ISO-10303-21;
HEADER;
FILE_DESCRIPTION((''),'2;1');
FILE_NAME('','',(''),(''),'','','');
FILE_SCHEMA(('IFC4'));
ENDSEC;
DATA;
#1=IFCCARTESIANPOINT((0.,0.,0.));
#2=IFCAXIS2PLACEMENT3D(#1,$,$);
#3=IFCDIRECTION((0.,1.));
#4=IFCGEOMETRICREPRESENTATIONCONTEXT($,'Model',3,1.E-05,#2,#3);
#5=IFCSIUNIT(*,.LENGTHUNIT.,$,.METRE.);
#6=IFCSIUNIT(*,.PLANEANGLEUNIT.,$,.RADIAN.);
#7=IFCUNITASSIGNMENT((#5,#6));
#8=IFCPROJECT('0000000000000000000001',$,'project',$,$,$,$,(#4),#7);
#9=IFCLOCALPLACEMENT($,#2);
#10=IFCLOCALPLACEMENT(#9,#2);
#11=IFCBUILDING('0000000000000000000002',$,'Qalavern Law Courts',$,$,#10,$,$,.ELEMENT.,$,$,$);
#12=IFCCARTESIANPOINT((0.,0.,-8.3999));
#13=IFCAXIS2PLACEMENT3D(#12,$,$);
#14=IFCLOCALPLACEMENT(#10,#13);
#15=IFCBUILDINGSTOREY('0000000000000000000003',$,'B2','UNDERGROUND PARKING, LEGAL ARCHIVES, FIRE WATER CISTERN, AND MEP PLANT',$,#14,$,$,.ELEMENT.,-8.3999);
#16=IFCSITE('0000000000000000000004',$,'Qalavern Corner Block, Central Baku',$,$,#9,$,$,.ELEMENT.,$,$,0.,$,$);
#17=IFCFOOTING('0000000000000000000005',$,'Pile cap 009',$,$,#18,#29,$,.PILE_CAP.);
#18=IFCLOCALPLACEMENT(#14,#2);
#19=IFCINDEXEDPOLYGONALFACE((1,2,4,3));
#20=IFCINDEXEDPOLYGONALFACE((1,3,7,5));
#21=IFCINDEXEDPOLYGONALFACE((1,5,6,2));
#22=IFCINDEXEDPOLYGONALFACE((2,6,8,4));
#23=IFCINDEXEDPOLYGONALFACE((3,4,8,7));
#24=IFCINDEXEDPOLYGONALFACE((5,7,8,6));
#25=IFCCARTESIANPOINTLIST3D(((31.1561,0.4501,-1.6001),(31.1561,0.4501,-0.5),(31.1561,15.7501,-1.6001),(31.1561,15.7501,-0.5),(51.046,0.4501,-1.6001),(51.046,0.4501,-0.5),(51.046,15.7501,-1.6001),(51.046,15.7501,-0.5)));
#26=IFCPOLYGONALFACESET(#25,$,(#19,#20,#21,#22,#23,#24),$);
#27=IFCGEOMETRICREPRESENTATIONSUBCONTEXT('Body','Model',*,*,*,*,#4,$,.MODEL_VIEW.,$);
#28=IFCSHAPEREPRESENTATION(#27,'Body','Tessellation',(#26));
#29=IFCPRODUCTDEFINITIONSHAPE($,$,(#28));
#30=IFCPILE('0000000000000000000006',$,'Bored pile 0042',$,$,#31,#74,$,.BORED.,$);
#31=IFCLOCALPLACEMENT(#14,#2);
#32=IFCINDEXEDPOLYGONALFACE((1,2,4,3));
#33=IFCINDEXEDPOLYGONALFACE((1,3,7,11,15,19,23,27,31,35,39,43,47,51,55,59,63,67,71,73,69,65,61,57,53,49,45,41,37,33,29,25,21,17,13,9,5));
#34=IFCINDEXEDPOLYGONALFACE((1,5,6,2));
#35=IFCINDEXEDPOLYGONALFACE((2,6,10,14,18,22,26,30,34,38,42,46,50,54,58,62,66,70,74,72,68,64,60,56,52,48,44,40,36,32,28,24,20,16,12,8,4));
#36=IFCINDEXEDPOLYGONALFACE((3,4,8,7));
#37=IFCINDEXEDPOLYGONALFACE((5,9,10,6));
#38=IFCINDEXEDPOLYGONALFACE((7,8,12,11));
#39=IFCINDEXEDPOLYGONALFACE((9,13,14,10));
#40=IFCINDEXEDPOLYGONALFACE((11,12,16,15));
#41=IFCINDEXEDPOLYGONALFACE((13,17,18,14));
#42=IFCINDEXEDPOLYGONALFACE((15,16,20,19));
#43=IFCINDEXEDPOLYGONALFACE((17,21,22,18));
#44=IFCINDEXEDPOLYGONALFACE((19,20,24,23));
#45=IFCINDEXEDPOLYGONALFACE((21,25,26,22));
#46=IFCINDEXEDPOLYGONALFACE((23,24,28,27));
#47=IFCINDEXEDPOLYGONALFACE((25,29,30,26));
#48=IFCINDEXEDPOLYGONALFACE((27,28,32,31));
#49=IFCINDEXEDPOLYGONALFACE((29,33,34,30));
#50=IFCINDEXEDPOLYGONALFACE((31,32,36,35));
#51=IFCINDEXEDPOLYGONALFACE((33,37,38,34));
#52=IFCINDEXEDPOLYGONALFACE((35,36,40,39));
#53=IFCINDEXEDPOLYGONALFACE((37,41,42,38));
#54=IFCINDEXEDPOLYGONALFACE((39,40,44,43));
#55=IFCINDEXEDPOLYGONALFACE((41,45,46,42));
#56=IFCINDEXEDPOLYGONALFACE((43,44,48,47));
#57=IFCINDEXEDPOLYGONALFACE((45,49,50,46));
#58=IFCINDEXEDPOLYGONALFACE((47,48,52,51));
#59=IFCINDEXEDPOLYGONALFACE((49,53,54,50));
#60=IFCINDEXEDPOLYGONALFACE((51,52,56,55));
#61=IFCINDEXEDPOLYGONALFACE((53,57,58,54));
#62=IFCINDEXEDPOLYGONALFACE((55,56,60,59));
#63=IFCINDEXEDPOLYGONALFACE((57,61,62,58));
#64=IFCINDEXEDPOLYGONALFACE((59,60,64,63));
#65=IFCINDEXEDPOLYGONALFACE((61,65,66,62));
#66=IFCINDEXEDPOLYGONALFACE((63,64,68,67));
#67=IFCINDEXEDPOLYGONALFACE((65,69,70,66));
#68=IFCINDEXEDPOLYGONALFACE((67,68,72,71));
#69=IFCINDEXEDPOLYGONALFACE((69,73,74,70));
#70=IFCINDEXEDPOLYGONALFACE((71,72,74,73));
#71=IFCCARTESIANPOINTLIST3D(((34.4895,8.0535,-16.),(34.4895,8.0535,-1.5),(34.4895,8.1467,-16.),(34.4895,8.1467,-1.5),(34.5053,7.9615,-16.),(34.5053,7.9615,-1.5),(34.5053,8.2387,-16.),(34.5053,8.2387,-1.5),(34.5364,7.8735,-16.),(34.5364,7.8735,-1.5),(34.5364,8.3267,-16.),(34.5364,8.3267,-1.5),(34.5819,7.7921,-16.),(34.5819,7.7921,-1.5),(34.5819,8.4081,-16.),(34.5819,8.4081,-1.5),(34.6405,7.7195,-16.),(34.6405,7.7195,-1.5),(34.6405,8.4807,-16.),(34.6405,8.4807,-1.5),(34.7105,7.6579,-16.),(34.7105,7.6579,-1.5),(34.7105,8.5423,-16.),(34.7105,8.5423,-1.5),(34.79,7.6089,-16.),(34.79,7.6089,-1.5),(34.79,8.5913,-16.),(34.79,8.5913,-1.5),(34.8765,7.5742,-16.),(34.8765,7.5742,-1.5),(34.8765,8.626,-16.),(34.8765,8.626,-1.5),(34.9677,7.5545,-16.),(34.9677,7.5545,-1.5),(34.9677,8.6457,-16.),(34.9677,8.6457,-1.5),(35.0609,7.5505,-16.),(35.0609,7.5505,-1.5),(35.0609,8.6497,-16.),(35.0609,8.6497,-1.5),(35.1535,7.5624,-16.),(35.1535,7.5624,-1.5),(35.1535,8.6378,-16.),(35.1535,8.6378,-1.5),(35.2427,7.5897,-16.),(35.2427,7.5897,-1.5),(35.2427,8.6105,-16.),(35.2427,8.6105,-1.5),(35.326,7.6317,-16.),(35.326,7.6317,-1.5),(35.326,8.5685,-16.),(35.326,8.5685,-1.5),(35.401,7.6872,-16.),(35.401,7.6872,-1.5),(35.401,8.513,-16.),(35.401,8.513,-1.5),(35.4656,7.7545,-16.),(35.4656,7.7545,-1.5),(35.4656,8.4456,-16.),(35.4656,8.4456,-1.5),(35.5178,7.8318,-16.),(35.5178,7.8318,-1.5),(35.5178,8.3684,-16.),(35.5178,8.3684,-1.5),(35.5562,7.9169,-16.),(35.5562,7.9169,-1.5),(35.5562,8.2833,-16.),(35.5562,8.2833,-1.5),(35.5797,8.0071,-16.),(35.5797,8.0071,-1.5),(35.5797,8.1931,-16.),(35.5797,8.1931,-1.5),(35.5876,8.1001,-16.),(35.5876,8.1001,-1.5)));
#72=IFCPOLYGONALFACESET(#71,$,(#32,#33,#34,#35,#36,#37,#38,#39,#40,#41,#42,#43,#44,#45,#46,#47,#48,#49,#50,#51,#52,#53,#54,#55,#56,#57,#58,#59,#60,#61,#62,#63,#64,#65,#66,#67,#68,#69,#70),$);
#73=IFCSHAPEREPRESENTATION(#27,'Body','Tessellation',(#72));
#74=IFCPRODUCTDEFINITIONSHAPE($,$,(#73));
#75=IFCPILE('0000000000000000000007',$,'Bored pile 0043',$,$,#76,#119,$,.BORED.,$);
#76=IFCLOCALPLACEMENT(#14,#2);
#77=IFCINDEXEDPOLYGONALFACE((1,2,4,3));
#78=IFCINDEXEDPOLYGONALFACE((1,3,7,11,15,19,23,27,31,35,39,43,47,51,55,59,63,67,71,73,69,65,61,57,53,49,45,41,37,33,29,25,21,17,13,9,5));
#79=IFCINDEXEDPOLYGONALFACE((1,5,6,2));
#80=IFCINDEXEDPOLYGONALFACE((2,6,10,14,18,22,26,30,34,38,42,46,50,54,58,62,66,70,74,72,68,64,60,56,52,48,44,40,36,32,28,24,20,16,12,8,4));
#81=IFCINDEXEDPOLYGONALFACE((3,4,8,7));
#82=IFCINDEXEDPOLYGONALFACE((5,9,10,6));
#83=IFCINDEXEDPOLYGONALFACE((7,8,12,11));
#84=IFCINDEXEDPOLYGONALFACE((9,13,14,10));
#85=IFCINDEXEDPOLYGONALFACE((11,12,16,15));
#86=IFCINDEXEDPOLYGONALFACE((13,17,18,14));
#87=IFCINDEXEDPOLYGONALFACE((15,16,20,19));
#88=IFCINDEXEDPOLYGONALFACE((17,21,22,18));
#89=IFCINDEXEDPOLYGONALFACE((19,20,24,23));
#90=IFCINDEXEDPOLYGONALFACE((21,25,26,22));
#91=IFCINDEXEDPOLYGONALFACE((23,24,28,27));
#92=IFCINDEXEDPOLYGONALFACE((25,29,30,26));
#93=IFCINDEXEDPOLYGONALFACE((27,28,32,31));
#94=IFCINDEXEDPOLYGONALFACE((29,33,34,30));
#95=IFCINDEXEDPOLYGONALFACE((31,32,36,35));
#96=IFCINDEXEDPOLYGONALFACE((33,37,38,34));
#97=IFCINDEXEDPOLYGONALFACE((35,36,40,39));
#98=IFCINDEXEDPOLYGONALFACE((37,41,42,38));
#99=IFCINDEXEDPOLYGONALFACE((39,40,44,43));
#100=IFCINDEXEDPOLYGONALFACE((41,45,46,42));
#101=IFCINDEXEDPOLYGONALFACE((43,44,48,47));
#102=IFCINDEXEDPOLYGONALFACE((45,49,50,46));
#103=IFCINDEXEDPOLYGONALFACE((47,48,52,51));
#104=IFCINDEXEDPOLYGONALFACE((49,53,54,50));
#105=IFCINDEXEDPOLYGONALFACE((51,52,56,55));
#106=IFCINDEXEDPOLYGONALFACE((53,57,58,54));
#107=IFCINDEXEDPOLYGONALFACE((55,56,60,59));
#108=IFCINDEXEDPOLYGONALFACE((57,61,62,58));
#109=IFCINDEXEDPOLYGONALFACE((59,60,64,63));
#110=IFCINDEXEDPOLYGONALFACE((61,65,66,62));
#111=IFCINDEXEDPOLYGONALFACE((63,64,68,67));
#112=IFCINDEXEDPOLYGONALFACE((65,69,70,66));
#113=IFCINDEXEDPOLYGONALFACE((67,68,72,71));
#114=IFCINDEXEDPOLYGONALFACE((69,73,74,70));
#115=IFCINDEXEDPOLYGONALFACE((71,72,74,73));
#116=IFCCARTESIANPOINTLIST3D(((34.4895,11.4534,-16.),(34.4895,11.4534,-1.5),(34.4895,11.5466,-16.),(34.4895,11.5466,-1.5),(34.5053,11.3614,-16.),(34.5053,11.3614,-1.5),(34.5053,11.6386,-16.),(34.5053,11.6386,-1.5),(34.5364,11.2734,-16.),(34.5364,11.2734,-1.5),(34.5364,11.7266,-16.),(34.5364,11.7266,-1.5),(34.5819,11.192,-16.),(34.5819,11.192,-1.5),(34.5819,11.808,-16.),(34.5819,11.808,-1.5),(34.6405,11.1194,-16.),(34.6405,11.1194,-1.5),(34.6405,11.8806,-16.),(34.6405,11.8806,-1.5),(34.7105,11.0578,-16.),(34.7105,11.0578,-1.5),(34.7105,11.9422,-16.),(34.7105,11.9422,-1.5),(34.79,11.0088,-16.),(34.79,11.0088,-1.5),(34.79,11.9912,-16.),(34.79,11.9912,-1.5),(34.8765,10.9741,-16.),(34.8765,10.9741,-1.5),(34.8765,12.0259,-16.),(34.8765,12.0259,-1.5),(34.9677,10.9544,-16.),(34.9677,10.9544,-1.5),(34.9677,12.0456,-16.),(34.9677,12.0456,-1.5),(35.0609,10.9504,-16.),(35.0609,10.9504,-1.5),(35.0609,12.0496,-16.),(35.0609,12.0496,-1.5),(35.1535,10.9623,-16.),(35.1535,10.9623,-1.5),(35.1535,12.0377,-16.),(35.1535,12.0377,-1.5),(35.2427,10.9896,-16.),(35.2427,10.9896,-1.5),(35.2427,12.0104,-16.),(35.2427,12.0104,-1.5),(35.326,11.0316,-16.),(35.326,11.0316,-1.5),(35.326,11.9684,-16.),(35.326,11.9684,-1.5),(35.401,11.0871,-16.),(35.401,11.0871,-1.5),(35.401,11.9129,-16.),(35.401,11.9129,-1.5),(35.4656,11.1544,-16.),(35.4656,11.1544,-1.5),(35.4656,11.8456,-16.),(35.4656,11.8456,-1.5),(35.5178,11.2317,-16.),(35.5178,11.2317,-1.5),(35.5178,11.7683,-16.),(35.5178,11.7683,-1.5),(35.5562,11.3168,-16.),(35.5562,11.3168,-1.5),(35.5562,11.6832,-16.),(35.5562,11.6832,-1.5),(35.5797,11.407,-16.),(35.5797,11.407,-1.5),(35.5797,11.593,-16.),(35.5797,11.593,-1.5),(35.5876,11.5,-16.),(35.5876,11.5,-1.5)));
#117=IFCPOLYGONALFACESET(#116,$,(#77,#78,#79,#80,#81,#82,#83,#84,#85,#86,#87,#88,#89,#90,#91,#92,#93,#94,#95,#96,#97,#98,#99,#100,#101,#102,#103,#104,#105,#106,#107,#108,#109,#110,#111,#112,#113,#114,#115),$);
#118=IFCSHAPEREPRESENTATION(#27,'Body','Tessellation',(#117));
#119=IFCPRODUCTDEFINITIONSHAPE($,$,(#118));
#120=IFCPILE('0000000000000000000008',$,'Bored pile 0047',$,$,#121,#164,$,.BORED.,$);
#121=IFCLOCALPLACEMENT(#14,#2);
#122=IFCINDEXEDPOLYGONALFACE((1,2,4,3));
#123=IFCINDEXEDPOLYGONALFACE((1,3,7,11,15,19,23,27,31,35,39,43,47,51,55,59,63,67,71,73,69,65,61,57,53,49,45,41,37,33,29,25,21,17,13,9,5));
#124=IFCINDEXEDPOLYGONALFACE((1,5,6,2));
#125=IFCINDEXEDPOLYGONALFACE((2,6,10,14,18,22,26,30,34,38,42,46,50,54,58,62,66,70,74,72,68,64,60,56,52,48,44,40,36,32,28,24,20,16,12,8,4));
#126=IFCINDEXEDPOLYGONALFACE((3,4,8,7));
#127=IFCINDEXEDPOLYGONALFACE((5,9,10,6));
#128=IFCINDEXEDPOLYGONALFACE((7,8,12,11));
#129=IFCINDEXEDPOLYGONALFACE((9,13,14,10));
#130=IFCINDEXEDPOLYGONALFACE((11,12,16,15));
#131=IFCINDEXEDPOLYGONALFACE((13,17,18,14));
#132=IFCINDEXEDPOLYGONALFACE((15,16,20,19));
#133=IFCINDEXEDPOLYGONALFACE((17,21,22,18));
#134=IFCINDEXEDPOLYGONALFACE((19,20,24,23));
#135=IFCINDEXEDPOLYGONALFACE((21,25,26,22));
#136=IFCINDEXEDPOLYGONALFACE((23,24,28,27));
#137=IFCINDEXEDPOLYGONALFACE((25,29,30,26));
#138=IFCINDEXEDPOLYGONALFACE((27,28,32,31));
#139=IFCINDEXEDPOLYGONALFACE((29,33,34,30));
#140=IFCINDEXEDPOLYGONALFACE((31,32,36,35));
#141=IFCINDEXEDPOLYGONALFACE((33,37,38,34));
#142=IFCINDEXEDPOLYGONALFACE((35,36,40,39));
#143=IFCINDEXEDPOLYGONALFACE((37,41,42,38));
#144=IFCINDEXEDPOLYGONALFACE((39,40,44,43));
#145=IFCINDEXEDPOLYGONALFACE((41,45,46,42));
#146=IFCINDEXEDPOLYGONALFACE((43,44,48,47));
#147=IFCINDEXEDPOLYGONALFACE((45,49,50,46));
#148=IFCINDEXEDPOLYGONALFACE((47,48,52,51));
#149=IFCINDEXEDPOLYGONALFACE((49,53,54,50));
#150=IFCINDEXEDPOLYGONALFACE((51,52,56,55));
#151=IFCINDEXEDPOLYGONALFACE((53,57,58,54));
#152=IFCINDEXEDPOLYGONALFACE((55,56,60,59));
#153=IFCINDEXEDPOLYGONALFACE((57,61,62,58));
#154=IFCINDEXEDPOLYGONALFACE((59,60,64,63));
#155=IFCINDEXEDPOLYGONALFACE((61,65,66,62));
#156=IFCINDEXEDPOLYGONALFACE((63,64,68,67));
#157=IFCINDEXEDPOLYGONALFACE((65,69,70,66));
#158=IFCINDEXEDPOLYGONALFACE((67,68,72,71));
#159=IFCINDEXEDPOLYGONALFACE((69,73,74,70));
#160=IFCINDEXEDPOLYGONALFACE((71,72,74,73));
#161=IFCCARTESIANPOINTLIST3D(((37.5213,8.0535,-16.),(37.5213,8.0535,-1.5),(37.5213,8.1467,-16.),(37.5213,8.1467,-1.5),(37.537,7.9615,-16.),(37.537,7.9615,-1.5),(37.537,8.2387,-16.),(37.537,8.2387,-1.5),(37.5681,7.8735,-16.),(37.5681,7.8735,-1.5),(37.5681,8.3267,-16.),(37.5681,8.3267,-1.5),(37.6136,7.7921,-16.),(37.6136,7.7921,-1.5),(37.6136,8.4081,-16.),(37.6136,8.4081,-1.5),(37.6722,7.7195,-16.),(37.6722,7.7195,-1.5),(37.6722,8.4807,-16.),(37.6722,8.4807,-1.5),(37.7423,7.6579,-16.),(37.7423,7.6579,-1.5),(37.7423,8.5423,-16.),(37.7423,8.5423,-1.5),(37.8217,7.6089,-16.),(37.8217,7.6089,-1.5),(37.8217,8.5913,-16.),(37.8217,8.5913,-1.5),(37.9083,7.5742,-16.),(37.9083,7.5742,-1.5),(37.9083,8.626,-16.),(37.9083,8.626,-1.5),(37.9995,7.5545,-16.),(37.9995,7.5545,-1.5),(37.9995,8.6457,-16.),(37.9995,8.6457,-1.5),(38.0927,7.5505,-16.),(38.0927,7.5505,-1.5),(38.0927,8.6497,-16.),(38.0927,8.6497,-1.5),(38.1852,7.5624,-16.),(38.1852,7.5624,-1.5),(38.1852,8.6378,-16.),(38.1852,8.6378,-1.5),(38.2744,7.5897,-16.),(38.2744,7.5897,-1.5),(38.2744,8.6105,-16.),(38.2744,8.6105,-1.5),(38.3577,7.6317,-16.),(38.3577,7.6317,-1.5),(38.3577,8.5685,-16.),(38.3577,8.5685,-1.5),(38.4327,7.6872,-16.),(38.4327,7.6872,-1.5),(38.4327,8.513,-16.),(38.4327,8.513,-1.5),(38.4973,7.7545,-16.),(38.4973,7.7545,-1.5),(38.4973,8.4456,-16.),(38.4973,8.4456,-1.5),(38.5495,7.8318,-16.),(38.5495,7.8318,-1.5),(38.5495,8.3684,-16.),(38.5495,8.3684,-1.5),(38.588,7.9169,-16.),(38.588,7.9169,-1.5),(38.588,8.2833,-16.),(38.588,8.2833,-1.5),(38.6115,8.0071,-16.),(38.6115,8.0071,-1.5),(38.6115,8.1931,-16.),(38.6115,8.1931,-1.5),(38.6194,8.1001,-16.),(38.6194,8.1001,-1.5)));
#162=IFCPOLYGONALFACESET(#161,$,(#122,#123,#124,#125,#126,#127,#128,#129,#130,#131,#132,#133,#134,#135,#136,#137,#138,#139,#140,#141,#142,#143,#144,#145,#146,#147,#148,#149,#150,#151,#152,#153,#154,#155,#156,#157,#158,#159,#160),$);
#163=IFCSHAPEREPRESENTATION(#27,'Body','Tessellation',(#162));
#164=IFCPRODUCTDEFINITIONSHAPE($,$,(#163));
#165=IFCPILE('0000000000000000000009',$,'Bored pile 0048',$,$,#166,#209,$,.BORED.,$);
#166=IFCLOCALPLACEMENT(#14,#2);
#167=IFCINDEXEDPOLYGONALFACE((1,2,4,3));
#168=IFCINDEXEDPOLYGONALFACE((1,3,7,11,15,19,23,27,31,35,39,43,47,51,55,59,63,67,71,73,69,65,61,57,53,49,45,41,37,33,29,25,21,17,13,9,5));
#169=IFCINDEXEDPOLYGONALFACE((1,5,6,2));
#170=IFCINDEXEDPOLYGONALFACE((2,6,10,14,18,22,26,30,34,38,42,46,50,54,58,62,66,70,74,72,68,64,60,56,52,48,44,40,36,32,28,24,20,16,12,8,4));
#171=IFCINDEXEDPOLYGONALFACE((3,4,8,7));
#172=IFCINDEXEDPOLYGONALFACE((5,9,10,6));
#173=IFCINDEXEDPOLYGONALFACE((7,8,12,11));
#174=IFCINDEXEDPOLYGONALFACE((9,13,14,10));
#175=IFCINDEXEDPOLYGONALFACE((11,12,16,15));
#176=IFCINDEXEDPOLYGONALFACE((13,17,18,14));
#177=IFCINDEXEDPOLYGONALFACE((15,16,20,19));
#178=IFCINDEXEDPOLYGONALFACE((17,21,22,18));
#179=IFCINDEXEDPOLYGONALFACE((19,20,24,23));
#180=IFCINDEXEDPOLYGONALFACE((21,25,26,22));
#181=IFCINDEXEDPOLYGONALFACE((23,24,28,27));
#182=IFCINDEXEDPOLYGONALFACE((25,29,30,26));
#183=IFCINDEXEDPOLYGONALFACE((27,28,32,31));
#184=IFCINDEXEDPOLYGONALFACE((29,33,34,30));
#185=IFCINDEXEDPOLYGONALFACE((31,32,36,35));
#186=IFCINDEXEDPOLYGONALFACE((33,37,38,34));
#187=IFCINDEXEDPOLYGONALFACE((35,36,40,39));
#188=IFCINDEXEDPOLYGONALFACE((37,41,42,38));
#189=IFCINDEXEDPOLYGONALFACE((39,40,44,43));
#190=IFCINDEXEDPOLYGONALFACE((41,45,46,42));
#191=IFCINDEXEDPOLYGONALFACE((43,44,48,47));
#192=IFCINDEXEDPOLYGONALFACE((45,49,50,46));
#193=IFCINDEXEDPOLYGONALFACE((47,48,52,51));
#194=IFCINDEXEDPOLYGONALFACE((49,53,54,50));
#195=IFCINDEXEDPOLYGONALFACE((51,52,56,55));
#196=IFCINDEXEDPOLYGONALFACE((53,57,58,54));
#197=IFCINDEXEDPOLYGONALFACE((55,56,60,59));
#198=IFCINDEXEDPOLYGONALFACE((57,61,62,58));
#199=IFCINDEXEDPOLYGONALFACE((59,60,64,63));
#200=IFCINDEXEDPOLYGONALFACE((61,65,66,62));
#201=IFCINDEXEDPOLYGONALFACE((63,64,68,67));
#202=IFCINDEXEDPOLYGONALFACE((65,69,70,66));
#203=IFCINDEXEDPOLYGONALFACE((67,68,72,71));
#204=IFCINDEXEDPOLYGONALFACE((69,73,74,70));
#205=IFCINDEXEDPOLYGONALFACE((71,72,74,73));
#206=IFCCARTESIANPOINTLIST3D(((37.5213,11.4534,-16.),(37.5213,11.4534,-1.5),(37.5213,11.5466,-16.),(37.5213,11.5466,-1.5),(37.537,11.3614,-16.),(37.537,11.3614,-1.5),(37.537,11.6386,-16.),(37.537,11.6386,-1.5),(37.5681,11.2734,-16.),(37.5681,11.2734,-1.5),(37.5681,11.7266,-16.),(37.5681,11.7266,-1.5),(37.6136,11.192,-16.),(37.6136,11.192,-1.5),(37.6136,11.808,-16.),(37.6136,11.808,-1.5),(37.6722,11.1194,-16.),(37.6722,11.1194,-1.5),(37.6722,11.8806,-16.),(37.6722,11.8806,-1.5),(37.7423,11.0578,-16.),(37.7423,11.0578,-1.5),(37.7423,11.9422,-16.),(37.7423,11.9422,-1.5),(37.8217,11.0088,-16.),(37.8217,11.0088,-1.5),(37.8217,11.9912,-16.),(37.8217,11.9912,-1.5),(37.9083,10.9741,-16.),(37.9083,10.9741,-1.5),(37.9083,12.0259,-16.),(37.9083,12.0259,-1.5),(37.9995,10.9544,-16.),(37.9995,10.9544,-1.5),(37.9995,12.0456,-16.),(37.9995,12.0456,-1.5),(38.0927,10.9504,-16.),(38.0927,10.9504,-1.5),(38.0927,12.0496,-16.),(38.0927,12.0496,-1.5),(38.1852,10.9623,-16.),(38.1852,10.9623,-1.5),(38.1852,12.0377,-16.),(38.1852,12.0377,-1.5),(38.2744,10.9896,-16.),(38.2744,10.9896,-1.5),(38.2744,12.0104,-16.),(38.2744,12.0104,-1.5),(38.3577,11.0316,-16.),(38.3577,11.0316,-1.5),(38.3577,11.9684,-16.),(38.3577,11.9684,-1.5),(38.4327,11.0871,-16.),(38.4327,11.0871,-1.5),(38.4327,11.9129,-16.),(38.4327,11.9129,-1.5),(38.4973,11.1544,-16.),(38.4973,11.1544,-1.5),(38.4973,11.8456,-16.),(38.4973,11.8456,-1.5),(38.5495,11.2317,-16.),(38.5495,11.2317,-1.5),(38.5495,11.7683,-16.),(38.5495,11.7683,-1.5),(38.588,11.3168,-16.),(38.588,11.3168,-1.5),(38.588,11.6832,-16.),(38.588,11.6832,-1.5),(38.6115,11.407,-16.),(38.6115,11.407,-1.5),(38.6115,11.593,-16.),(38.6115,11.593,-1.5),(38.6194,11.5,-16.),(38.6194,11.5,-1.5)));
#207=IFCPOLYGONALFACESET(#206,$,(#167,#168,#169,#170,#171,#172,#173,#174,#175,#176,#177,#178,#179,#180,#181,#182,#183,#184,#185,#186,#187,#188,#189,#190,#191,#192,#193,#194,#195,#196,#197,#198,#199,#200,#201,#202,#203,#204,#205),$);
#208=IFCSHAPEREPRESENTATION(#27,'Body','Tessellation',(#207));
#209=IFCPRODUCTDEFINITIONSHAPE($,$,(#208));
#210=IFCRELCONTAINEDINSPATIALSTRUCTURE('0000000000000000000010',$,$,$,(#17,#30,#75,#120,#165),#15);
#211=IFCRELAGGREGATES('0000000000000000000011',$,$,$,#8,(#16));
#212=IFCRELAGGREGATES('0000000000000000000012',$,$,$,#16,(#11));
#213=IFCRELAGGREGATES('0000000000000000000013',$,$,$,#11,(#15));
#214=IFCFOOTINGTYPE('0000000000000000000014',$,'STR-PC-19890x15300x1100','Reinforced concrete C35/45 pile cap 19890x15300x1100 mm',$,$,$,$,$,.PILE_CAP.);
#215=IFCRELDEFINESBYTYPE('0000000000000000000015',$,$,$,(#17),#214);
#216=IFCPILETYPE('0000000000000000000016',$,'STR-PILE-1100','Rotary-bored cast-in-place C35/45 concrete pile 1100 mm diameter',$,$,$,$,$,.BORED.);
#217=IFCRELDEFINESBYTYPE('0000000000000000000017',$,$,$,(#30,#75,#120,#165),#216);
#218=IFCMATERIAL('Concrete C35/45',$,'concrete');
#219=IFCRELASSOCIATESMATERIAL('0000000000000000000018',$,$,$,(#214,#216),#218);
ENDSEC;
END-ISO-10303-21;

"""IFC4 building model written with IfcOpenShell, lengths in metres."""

from ifc_helpers import new_model, si_unit, direction, frame, origin, origin_2d, place, context, subcontext, project, spatial, rectangle, circle, extrude, material, material_profile, profile_set, type_object, element, save


model = new_model("IFC4")

# Units and contexts
model_context = context("Model", 3, precision=1e-05, world=origin(), true_north=direction((0.0, 1.0)))
body_context = subcontext(model_context, "Body", "Model", "MODEL_VIEW")
ifc_project = project(units=[si_unit("LENGTHUNIT", "METRE"), si_unit("PLANEANGLEUNIT", "RADIAN")], contexts=[model_context])

# Site, building, storey
site_placement = place(None, origin())
site = spatial("IfcSite", under=ifc_project, at=site_placement, Name="Qalavern Corner Block, Central Baku", CompositionType="ELEMENT", RefElevation=0.0)
building_placement = place(site_placement, origin())
building = spatial("IfcBuilding", under=site, at=building_placement, Name="Qalavern Law Courts", CompositionType="ELEMENT")
storey_placement = place(building_placement, frame((0.0, 0.0, -8.3999)))
storey = spatial("IfcBuildingStorey", under=building, at=storey_placement, Name="B2", Description="UNDERGROUND PARKING, LEGAL ARCHIVES, FIRE WATER CISTERN, AND MEP PLANT", CompositionType="ELEMENT", Elevation=-8.3999)

# Footing
ifc_material_1 = material(Name="Concrete C35/45", Category="concrete")
footing_type = type_object("IfcFootingType", Name="STR-PC-19890x15300x1100", Description="Reinforced concrete C35/45 pile cap 19890x15300x1100 mm", PredefinedType="PILE_CAP", material=ifc_material_1)
footing_placement = place(storey_placement, frame((41.1011, 8.1001, -1.6001), z_axis=(0.0, 0.0, 1.0), x_axis=(1.0, 0.0, 0.0)))
element("IfcFooting", 1, at=footing_placement, inside=storey, type_object=footing_type, Name="Pile cap 009", PredefinedType="PILE_CAP", context=body_context, shape_type="SweptSolid", body=[
    extrude(rectangle(XDim=19.8899, YDim=15.3, at=origin_2d()), origin(), (0.0, 0.0, 1.0), 1.1001),
])

# Piles
ifc_material_profile_1 = material_profile(ifc_material_1, circle(Radius=0.55, at=origin_2d()), Name="BORED PILE 1100")
ifc_profile_set_1 = profile_set([ifc_material_profile_1], Name="Concrete C35/45")
pile_type = type_object("IfcPileType", Name="STR-PILE-1100", Description="Rotary-bored cast-in-place C35/45 concrete pile 1100 mm diameter", PredefinedType="BORED", material=ifc_profile_set_1)
for number, where, z_axis, x_axis, name in (
    (2, (35.0376, 8.1001, -1.5), (0.0, 0.0, -1.0), (1.0, 0.0, 0.0), "Bored pile 0042"),
    (3, (35.0376, 11.5, -1.5), (0.0, 0.0, -1.0), (1.0, 0.0, 0.0), "Bored pile 0043"),
    (4, (38.0693, 8.1001, -1.5), (0.0, 0.0, -1.0), (1.0, 0.0, 0.0), "Bored pile 0047"),
    (5, (38.0693, 11.5, -1.5), (0.0, 0.0, -1.0), (1.0, 0.0, 0.0), "Bored pile 0048"),
):
    element("IfcPile", number, at=place(storey_placement, frame(where, z_axis=z_axis, x_axis=x_axis)), inside=storey, type_object=pile_type, Name=name, PredefinedType="BORED", context=body_context, shape_type="SweptSolid", body=[
        extrude(circle(Radius=0.55, at=origin_2d()), origin(), (0.0, 0.0, 1.0), 14.5),
    ])

save(model, "model.ifc")
